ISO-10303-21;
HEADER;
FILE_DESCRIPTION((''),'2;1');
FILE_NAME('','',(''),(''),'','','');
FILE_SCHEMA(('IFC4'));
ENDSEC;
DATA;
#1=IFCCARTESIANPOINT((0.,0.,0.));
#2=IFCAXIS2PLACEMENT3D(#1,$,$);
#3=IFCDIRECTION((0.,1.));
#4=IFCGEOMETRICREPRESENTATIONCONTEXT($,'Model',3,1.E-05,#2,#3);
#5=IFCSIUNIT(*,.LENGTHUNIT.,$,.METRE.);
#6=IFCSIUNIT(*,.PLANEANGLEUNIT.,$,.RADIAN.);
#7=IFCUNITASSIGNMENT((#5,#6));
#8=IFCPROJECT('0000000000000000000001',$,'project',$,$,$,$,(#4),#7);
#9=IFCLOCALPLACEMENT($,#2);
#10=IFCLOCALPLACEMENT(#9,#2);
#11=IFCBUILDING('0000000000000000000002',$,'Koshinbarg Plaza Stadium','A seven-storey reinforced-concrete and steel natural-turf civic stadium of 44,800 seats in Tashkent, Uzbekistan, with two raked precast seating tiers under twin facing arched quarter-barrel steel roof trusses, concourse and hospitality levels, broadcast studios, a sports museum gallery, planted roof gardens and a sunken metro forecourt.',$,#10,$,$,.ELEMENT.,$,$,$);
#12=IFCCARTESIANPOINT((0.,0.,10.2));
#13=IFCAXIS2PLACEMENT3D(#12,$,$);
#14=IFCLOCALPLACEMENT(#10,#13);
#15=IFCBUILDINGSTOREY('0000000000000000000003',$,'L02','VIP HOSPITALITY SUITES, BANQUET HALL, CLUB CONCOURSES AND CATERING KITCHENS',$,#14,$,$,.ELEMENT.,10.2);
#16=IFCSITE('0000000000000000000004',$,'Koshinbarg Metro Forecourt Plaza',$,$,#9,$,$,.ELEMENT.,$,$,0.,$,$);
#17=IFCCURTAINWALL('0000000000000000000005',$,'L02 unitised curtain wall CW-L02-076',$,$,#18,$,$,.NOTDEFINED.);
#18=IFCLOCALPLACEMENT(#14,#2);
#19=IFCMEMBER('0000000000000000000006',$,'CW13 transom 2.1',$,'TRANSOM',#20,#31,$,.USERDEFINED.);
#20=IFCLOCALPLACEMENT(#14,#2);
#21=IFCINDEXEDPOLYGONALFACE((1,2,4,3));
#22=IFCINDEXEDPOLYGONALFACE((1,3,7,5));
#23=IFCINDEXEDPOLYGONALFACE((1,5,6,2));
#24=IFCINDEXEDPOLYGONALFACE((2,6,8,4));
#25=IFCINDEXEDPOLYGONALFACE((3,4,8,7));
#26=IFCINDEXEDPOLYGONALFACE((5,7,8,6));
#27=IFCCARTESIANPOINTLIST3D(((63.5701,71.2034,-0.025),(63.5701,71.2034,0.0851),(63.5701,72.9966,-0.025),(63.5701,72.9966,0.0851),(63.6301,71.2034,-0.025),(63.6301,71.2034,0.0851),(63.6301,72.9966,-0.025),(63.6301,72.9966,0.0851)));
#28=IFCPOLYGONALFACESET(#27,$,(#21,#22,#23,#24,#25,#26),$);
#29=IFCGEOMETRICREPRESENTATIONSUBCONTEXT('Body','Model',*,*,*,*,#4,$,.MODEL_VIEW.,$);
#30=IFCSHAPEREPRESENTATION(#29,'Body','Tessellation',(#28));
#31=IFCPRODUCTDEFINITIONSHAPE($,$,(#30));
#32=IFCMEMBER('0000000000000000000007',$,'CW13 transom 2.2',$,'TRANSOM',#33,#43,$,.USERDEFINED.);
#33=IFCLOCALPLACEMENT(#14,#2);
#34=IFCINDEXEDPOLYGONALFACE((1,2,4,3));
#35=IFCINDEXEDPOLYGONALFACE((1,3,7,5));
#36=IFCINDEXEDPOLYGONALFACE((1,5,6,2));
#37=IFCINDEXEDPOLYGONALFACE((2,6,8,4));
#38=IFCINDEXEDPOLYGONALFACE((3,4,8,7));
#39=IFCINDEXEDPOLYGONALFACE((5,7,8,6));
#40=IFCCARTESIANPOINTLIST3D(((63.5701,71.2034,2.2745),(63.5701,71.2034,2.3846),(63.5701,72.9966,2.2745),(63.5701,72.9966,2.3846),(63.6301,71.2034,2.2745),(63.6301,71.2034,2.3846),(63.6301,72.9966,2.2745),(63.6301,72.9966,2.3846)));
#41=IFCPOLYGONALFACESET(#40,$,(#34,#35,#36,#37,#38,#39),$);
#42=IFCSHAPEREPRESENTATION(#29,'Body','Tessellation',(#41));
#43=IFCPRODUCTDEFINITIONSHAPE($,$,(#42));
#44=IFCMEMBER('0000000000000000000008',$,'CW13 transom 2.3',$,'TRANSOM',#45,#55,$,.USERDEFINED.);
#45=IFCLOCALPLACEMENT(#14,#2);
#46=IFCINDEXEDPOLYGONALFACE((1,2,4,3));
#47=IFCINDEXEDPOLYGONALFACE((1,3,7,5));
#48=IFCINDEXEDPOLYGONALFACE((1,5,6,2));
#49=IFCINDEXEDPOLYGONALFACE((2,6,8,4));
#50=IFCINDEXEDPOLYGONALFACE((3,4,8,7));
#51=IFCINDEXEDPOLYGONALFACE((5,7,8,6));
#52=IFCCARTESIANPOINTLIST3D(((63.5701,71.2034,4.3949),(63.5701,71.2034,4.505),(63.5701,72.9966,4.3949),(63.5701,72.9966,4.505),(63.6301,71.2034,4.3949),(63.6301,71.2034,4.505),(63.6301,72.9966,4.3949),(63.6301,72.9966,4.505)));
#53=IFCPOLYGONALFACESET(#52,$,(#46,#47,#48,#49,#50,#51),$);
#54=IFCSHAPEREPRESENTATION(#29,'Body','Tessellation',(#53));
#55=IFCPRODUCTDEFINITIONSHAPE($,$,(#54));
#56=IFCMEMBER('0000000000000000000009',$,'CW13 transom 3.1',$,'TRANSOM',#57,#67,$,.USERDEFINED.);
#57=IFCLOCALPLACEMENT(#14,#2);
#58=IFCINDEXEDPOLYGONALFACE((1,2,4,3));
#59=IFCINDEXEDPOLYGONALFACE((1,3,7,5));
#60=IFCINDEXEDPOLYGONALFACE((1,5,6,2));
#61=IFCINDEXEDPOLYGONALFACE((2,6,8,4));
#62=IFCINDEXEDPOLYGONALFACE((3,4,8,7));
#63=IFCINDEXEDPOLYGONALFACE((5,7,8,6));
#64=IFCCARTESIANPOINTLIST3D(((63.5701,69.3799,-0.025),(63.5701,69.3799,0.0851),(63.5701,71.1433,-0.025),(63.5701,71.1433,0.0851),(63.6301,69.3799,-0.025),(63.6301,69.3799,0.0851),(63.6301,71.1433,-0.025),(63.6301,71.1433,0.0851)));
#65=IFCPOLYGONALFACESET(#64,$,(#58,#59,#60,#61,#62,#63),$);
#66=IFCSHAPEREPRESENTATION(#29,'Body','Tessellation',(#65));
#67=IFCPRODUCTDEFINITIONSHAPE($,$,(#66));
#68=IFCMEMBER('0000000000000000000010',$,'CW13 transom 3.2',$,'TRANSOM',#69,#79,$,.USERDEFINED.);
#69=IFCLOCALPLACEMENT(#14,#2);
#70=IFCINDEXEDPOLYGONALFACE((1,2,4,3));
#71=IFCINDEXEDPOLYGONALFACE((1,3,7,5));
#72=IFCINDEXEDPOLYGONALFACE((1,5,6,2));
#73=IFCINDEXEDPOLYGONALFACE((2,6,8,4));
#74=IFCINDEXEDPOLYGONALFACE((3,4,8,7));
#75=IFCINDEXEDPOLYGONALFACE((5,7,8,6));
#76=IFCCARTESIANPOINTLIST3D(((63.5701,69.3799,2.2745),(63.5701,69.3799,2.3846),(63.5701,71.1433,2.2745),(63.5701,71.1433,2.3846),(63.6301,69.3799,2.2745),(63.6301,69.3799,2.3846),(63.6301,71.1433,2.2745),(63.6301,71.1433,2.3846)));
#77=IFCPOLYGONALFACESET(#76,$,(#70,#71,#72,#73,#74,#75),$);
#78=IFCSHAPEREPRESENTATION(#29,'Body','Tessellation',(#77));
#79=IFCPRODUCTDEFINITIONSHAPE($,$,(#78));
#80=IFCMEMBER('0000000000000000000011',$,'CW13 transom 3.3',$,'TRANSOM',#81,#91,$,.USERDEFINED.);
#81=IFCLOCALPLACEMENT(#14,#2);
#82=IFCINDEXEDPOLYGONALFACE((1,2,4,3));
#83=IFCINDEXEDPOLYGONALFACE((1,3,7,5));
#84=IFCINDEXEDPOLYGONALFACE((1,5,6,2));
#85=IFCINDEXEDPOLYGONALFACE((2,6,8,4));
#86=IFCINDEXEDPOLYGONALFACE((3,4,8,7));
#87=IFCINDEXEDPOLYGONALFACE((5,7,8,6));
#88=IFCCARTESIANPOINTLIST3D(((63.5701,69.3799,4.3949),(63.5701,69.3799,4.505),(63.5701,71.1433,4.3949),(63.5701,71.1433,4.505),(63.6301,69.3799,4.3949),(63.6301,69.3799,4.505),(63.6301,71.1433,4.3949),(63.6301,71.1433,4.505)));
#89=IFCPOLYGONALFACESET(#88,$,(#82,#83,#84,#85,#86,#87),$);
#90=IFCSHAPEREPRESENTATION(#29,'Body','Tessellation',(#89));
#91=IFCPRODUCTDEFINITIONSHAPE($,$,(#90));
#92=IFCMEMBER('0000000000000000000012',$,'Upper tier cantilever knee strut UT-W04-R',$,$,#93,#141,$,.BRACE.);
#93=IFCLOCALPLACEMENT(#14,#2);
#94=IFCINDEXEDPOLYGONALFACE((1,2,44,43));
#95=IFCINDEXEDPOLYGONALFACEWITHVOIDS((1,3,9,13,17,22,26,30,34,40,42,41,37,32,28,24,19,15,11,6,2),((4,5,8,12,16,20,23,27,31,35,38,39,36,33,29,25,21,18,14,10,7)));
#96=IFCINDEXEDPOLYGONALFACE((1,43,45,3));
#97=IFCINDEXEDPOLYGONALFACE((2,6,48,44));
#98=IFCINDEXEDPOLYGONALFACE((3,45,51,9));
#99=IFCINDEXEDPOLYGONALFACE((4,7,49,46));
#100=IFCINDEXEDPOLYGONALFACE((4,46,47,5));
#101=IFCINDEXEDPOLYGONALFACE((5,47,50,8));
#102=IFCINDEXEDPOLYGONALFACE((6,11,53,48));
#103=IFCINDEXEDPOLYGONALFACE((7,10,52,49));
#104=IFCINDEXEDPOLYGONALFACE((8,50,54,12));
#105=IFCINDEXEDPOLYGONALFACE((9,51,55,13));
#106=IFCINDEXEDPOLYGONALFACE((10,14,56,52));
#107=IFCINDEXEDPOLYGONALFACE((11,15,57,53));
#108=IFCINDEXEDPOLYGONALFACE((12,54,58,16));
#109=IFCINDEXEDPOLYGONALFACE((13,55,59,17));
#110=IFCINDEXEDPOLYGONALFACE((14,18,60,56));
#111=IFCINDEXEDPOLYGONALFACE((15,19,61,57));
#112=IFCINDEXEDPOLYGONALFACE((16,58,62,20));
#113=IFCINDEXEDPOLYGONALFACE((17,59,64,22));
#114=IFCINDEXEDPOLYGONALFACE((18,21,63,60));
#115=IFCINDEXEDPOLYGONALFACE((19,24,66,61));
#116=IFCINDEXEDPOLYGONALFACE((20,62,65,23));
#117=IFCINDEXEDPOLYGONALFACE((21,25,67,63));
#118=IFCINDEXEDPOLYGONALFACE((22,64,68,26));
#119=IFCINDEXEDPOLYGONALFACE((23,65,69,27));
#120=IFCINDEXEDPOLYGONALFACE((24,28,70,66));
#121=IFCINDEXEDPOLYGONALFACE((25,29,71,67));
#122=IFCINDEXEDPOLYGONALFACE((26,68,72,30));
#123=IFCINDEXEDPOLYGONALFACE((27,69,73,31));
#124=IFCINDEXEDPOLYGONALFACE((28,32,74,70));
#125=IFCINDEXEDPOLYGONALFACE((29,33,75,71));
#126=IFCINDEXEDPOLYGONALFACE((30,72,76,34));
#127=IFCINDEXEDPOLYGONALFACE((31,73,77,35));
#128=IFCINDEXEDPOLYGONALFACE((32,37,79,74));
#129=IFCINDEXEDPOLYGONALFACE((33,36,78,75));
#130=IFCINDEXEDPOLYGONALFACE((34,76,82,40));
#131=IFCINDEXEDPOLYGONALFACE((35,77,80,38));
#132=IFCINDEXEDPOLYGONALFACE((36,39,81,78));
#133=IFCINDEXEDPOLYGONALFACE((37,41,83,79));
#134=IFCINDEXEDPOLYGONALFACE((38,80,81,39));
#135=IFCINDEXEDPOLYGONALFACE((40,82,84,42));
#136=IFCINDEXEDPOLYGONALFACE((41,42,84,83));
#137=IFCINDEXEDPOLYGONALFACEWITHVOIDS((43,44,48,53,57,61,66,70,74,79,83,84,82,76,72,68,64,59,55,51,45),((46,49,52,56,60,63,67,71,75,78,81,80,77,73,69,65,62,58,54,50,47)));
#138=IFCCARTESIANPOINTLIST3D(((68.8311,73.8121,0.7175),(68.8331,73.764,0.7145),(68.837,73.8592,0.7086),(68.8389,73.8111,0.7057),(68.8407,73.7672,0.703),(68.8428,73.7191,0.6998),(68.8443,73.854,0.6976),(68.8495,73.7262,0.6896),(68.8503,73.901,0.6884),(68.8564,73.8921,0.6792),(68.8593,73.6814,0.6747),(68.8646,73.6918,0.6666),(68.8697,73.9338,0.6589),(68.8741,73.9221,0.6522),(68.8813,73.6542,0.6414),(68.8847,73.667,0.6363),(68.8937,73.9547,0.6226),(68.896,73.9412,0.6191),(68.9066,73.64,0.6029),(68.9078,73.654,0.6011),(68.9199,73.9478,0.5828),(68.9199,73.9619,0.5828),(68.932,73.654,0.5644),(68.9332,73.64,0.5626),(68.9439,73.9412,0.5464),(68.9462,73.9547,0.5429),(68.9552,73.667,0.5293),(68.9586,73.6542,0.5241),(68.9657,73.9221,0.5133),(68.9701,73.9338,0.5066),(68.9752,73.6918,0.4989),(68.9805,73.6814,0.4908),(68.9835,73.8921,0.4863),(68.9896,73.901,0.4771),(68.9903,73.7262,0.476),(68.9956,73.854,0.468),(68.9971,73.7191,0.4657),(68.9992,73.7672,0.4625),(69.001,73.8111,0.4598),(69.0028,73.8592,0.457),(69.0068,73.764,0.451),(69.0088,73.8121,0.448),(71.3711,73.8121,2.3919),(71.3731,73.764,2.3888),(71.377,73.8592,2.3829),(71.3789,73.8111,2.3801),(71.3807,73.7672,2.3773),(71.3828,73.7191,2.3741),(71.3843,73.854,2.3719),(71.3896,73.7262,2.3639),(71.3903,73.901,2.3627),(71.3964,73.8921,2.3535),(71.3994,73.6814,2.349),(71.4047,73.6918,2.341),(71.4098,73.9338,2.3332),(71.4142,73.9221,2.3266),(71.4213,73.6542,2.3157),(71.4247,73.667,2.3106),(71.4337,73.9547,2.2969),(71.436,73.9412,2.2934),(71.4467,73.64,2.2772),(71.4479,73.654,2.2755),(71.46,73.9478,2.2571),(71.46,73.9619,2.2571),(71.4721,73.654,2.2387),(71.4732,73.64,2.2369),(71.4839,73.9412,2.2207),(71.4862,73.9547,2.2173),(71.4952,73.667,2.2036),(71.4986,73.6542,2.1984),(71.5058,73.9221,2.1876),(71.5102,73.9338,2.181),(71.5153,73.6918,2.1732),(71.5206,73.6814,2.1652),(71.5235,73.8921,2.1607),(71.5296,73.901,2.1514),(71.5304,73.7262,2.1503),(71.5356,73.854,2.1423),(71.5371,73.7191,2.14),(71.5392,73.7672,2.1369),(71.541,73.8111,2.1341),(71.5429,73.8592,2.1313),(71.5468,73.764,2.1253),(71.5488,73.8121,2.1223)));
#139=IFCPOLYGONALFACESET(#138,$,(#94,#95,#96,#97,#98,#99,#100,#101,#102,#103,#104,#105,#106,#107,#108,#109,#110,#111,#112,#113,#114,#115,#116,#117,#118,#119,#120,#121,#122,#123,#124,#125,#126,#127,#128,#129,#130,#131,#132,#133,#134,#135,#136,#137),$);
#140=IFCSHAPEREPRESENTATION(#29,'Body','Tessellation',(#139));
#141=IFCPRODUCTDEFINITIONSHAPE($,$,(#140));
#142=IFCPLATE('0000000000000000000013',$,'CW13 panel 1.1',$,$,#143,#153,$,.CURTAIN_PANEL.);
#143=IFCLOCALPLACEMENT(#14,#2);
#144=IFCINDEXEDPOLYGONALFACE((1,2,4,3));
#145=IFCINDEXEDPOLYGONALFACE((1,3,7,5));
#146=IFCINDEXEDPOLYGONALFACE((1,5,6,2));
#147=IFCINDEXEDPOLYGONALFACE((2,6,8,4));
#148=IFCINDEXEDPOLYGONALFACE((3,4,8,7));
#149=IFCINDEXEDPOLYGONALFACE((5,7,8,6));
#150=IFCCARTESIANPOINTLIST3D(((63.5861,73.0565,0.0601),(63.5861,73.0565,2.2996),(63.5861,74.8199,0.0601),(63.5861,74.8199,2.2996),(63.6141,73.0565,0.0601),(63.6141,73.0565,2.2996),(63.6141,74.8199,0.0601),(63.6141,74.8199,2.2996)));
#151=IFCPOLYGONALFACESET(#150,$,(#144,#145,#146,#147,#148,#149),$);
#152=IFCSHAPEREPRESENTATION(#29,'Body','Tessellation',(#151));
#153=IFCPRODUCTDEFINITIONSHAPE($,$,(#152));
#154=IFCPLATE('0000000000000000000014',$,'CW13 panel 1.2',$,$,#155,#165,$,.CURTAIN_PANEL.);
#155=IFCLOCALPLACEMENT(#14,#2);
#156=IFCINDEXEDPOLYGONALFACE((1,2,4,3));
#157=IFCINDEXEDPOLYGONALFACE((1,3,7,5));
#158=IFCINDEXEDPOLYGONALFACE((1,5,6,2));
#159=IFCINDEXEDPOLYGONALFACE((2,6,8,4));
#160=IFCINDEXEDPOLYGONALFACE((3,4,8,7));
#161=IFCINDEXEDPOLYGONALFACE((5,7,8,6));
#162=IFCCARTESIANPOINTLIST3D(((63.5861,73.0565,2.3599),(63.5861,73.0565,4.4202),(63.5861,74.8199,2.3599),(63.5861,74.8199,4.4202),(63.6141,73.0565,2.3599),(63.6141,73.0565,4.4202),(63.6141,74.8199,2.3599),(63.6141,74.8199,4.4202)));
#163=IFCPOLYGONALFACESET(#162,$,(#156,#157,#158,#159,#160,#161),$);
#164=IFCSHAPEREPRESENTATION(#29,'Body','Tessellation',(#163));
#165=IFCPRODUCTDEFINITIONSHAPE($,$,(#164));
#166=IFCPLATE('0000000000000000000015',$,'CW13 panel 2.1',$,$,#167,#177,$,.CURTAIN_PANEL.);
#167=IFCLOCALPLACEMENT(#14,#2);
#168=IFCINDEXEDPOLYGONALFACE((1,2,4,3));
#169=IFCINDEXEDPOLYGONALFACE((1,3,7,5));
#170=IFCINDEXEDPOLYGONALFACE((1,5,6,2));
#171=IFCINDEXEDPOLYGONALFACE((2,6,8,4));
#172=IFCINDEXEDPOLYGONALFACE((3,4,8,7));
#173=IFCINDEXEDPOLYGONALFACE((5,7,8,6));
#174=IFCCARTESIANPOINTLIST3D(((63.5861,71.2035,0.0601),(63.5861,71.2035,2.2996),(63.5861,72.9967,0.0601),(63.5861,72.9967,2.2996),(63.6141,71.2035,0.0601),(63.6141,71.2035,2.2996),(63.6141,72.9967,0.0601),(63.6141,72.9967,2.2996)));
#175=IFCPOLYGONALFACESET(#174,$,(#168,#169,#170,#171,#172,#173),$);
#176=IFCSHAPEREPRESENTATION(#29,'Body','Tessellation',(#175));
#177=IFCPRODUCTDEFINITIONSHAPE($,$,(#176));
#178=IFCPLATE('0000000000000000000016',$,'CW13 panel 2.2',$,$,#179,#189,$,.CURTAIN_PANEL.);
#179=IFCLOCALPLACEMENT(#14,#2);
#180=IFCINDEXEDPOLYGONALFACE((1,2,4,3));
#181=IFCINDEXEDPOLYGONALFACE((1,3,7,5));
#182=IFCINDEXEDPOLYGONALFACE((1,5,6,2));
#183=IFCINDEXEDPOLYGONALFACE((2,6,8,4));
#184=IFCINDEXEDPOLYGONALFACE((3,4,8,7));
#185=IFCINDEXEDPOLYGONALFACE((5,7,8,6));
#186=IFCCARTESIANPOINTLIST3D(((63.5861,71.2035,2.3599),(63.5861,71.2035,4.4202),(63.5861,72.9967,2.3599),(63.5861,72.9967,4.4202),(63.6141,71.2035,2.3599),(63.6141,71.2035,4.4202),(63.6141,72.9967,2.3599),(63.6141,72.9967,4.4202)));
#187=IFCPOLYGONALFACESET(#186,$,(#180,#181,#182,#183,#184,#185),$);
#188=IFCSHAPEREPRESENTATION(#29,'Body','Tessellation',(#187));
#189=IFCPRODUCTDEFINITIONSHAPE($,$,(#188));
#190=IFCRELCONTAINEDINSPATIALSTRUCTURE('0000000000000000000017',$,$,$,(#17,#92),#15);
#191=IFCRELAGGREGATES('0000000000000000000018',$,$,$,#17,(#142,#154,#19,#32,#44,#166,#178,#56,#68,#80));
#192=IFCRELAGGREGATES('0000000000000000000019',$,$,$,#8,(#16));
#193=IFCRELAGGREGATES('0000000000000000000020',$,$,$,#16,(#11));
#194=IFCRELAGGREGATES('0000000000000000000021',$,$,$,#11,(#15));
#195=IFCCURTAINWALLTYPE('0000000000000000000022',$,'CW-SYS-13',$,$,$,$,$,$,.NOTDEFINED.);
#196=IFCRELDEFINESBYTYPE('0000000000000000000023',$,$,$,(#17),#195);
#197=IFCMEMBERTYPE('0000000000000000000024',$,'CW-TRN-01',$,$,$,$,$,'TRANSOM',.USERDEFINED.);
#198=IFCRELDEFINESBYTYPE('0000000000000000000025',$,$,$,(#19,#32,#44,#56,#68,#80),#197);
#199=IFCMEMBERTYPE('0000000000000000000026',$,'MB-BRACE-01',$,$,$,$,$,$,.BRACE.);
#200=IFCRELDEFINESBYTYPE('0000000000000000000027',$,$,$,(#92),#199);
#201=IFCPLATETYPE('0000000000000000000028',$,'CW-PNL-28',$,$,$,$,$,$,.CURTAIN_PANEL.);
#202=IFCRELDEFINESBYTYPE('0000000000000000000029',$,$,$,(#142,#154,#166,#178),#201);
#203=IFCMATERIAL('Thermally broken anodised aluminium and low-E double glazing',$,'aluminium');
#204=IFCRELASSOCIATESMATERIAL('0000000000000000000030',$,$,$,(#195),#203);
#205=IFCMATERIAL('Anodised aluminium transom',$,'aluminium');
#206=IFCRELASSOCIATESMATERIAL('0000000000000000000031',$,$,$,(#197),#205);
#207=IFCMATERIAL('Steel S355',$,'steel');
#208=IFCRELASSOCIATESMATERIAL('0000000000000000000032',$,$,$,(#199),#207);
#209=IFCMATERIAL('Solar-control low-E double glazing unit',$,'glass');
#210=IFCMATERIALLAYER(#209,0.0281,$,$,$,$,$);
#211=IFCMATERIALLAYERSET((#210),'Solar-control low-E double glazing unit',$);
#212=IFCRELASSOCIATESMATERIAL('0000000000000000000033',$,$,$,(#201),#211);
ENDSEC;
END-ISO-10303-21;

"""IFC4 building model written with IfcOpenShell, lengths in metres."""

from ifc_helpers import new_model, si_unit, direction, frame, origin, origin_2d, place, context, subcontext, project, spatial, rectangle, hollow_circle, extrude, material, layer, layer_set, material_profile, profile_set, type_object, element, aggregate, save


model = new_model("IFC4")

# Units and contexts
model_context = context("Model", 3, precision=1e-05, world=origin(), true_north=direction((0.0, 1.0)))
body_context = subcontext(model_context, "Body", "Model", "MODEL_VIEW")
ifc_project = project(units=[si_unit("LENGTHUNIT", "METRE"), si_unit("PLANEANGLEUNIT", "RADIAN")], contexts=[model_context])

# Site, building, storey
site_placement = place(None, origin())
site = spatial("IfcSite", under=ifc_project, at=site_placement, Name="Koshinbarg Metro Forecourt Plaza", CompositionType="ELEMENT", RefElevation=0.0)
building_placement = place(site_placement, origin())
building = spatial("IfcBuilding", under=site, at=building_placement, Name="Koshinbarg Plaza Stadium", Description="A seven-storey reinforced-concrete and steel natural-turf civic stadium of 44,800 seats in Tashkent, Uzbekistan, with two raked precast seating tiers under twin facing arched quarter-barrel steel roof trusses, concourse and hospitality levels, broadcast studios, a sports museum gallery, planted roof gardens and a sunken metro forecourt.", CompositionType="ELEMENT")
storey_placement = place(building_placement, frame((0.0, 0.0, 10.2)))
storey = spatial("IfcBuildingStorey", under=building, at=storey_placement, Name="L02", Description="VIP HOSPITALITY SUITES, BANQUET HALL, CLUB CONCOURSES AND CATERING KITCHENS", CompositionType="ELEMENT", Elevation=10.2)

# Curtain wall
ifc_material_1 = material(Name="Thermally broken anodised aluminium and low-E double glazing", Category="aluminium")
curtain_wall_type_1 = type_object("IfcCurtainWallType", Name="CW-SYS-13", PredefinedType="NOTDEFINED", material=ifc_material_1)
curtain_wall_1_placement = place(storey_placement, origin())
curtain_wall_1 = element("IfcCurtainWall", 1, at=curtain_wall_1_placement, inside=storey, type_object=curtain_wall_type_1, Name="L02 unitised curtain wall CW-L02-076", PredefinedType="NOTDEFINED")

# Members
ifc_material_2 = material(Name="Anodised aluminium transom", Category="aluminium")
ifc_material_profile_1 = material_profile(ifc_material_2, rectangle(XDim=0.0601, YDim=0.1101, at=origin_2d()), Name="ALU 60x110")
ifc_profile_set_1 = profile_set([ifc_material_profile_1], Name="Anodised aluminium transom")
member_type_1 = type_object("IfcMemberType", Name="CW-TRN-01", ElementType="TRANSOM", PredefinedType="USERDEFINED", material=ifc_profile_set_1)
member_1_placement = place(storey_placement, frame((63.6001, 72.9966, 0.03), z_axis=(0.0, -1.0, 0.0), x_axis=(1.0, 0.0, 0.0)))
member_1 = element("IfcMember", 2, at=member_1_placement, type_object=member_type_1, Name="CW13 transom 2.1", ObjectType="TRANSOM", PredefinedType="USERDEFINED", context=body_context, shape_type="SweptSolid", body=[
    extrude(rectangle(XDim=0.0601, YDim=0.1101, at=origin_2d()), origin(), (0.0, 0.0, 1.0), 1.7932),
])
member_2_placement = place(storey_placement, frame((63.6001, 72.9966, 2.3296), z_axis=(0.0, -1.0, 0.0), x_axis=(1.0, 0.0, 0.0)))
member_2 = element("IfcMember", 3, at=member_2_placement, type_object=member_type_1, Name="CW13 transom 2.2", ObjectType="TRANSOM", PredefinedType="USERDEFINED", context=body_context, shape_type="SweptSolid", body=[
    extrude(rectangle(XDim=0.0601, YDim=0.1101, at=origin_2d()), origin(), (0.0, 0.0, 1.0), 1.7932),
])
member_3_placement = place(storey_placement, frame((63.6001, 72.9966, 4.45), z_axis=(0.0, -1.0, 0.0), x_axis=(1.0, 0.0, 0.0)))
member_3 = element("IfcMember", 4, at=member_3_placement, type_object=member_type_1, Name="CW13 transom 2.3", ObjectType="TRANSOM", PredefinedType="USERDEFINED", context=body_context, shape_type="SweptSolid", body=[
    extrude(rectangle(XDim=0.0601, YDim=0.1101, at=origin_2d()), origin(), (0.0, 0.0, 1.0), 1.7932),
])
member_4_placement = place(storey_placement, frame((63.6001, 71.1433, 0.03), z_axis=(0.0, -1.0, 0.0), x_axis=(1.0, 0.0, 0.0)))
member_4 = element("IfcMember", 5, at=member_4_placement, type_object=member_type_1, Name="CW13 transom 3.1", ObjectType="TRANSOM", PredefinedType="USERDEFINED", context=body_context, shape_type="SweptSolid", body=[
    extrude(rectangle(XDim=0.0601, YDim=0.1101, at=origin_2d()), origin(), (0.0, 0.0, 1.0), 1.7634),
])
member_5_placement = place(storey_placement, frame((63.6001, 71.1433, 2.3296), z_axis=(0.0, -1.0, 0.0), x_axis=(1.0, 0.0, 0.0)))
member_5 = element("IfcMember", 6, at=member_5_placement, type_object=member_type_1, Name="CW13 transom 3.2", ObjectType="TRANSOM", PredefinedType="USERDEFINED", context=body_context, shape_type="SweptSolid", body=[
    extrude(rectangle(XDim=0.0601, YDim=0.1101, at=origin_2d()), origin(), (0.0, 0.0, 1.0), 1.7634),
])
member_6_placement = place(storey_placement, frame((63.6001, 71.1433, 4.45), z_axis=(0.0, -1.0, 0.0), x_axis=(1.0, 0.0, 0.0)))
member_6 = element("IfcMember", 7, at=member_6_placement, type_object=member_type_1, Name="CW13 transom 3.3", ObjectType="TRANSOM", PredefinedType="USERDEFINED", context=body_context, shape_type="SweptSolid", body=[
    extrude(rectangle(XDim=0.0601, YDim=0.1101, at=origin_2d()), origin(), (0.0, 0.0, 1.0), 1.7634),
])
ifc_material_3 = material(Name="Steel S355", Category="steel")
ifc_material_profile_2 = material_profile(ifc_material_3, hollow_circle(Radius=0.1619, WallThickness=0.0142, at=origin_2d()), Name="CHS 323.9x14.2")
ifc_profile_set_2 = profile_set([ifc_material_profile_2], Name="Steel S355")
member_type_2 = type_object("IfcMemberType", Name="MB-BRACE-01", PredefinedType="BRACE", material=ifc_profile_set_2)
member_7_placement = place(storey_placement, frame((68.9199, 73.8, 0.5828), z_axis=(0.834928, 0.0, 0.550359), x_axis=(0.0, 1.0, 0.0)))
element("IfcMember", 8, at=member_7_placement, inside=storey, type_object=member_type_2, Name="Upper tier cantilever knee strut UT-W04-R", PredefinedType="BRACE", context=body_context, shape_type="SweptSolid", body=[
    extrude(hollow_circle(Radius=0.1619, WallThickness=0.0142, at=origin_2d()), origin(), (0.0, 0.0, 1.0), 3.0422),
])

# Plates
ifc_material_4 = material(Name="Solar-control low-E double glazing unit", Category="glass")
ifc_layer_1 = layer(ifc_material_4, 0.0281)
ifc_layer_set_1 = layer_set([ifc_layer_1], Name="Solar-control low-E double glazing unit")
plate_type_1 = type_object("IfcPlateType", Name="CW-PNL-28", PredefinedType="CURTAIN_PANEL", material=ifc_layer_set_1)
plate_1_placement = place(storey_placement, frame((63.6001, 73.9382, 0.0601), z_axis=(0.0, 0.0, 1.0), x_axis=(0.0, -1.0, 0.0)))
plate_1 = element("IfcPlate", 9, at=plate_1_placement, type_object=plate_type_1, Name="CW13 panel 1.1", PredefinedType="CURTAIN_PANEL", context=body_context, shape_type="SweptSolid", body=[
    extrude(rectangle(XDim=1.7634, YDim=0.0281, at=origin_2d()), origin(), (0.0, 0.0, 1.0), 2.2395),
])
plate_2_placement = place(storey_placement, frame((63.6001, 73.9382, 2.3599), z_axis=(0.0, 0.0, 1.0), x_axis=(0.0, -1.0, 0.0)))
plate_2 = element("IfcPlate", 10, at=plate_2_placement, type_object=plate_type_1, Name="CW13 panel 1.2", PredefinedType="CURTAIN_PANEL", context=body_context, shape_type="SweptSolid", body=[
    extrude(rectangle(XDim=1.7634, YDim=0.0281, at=origin_2d()), origin(), (0.0, 0.0, 1.0), 2.0603),
])
plate_3_placement = place(storey_placement, frame((63.6001, 72.1001, 0.0601), z_axis=(0.0, 0.0, 1.0), x_axis=(0.0, -1.0, 0.0)))
plate_3 = element("IfcPlate", 11, at=plate_3_placement, type_object=plate_type_1, Name="CW13 panel 2.1", PredefinedType="CURTAIN_PANEL", context=body_context, shape_type="SweptSolid", body=[
    extrude(rectangle(XDim=1.7932, YDim=0.0281, at=origin_2d()), origin(), (0.0, 0.0, 1.0), 2.2395),
])
plate_4_placement = place(storey_placement, frame((63.6001, 72.1001, 2.3599), z_axis=(0.0, 0.0, 1.0), x_axis=(0.0, -1.0, 0.0)))
plate_4 = element("IfcPlate", 12, at=plate_4_placement, type_object=plate_type_1, Name="CW13 panel 2.2", PredefinedType="CURTAIN_PANEL", context=body_context, shape_type="SweptSolid", body=[
    extrude(rectangle(XDim=1.7932, YDim=0.0281, at=origin_2d()), origin(), (0.0, 0.0, 1.0), 2.0603),
])
aggregate(curtain_wall_1, [plate_1, plate_2, member_1, member_2, member_3, plate_3, plate_4, member_4, member_5, member_6])

save(model, "model.ifc")
